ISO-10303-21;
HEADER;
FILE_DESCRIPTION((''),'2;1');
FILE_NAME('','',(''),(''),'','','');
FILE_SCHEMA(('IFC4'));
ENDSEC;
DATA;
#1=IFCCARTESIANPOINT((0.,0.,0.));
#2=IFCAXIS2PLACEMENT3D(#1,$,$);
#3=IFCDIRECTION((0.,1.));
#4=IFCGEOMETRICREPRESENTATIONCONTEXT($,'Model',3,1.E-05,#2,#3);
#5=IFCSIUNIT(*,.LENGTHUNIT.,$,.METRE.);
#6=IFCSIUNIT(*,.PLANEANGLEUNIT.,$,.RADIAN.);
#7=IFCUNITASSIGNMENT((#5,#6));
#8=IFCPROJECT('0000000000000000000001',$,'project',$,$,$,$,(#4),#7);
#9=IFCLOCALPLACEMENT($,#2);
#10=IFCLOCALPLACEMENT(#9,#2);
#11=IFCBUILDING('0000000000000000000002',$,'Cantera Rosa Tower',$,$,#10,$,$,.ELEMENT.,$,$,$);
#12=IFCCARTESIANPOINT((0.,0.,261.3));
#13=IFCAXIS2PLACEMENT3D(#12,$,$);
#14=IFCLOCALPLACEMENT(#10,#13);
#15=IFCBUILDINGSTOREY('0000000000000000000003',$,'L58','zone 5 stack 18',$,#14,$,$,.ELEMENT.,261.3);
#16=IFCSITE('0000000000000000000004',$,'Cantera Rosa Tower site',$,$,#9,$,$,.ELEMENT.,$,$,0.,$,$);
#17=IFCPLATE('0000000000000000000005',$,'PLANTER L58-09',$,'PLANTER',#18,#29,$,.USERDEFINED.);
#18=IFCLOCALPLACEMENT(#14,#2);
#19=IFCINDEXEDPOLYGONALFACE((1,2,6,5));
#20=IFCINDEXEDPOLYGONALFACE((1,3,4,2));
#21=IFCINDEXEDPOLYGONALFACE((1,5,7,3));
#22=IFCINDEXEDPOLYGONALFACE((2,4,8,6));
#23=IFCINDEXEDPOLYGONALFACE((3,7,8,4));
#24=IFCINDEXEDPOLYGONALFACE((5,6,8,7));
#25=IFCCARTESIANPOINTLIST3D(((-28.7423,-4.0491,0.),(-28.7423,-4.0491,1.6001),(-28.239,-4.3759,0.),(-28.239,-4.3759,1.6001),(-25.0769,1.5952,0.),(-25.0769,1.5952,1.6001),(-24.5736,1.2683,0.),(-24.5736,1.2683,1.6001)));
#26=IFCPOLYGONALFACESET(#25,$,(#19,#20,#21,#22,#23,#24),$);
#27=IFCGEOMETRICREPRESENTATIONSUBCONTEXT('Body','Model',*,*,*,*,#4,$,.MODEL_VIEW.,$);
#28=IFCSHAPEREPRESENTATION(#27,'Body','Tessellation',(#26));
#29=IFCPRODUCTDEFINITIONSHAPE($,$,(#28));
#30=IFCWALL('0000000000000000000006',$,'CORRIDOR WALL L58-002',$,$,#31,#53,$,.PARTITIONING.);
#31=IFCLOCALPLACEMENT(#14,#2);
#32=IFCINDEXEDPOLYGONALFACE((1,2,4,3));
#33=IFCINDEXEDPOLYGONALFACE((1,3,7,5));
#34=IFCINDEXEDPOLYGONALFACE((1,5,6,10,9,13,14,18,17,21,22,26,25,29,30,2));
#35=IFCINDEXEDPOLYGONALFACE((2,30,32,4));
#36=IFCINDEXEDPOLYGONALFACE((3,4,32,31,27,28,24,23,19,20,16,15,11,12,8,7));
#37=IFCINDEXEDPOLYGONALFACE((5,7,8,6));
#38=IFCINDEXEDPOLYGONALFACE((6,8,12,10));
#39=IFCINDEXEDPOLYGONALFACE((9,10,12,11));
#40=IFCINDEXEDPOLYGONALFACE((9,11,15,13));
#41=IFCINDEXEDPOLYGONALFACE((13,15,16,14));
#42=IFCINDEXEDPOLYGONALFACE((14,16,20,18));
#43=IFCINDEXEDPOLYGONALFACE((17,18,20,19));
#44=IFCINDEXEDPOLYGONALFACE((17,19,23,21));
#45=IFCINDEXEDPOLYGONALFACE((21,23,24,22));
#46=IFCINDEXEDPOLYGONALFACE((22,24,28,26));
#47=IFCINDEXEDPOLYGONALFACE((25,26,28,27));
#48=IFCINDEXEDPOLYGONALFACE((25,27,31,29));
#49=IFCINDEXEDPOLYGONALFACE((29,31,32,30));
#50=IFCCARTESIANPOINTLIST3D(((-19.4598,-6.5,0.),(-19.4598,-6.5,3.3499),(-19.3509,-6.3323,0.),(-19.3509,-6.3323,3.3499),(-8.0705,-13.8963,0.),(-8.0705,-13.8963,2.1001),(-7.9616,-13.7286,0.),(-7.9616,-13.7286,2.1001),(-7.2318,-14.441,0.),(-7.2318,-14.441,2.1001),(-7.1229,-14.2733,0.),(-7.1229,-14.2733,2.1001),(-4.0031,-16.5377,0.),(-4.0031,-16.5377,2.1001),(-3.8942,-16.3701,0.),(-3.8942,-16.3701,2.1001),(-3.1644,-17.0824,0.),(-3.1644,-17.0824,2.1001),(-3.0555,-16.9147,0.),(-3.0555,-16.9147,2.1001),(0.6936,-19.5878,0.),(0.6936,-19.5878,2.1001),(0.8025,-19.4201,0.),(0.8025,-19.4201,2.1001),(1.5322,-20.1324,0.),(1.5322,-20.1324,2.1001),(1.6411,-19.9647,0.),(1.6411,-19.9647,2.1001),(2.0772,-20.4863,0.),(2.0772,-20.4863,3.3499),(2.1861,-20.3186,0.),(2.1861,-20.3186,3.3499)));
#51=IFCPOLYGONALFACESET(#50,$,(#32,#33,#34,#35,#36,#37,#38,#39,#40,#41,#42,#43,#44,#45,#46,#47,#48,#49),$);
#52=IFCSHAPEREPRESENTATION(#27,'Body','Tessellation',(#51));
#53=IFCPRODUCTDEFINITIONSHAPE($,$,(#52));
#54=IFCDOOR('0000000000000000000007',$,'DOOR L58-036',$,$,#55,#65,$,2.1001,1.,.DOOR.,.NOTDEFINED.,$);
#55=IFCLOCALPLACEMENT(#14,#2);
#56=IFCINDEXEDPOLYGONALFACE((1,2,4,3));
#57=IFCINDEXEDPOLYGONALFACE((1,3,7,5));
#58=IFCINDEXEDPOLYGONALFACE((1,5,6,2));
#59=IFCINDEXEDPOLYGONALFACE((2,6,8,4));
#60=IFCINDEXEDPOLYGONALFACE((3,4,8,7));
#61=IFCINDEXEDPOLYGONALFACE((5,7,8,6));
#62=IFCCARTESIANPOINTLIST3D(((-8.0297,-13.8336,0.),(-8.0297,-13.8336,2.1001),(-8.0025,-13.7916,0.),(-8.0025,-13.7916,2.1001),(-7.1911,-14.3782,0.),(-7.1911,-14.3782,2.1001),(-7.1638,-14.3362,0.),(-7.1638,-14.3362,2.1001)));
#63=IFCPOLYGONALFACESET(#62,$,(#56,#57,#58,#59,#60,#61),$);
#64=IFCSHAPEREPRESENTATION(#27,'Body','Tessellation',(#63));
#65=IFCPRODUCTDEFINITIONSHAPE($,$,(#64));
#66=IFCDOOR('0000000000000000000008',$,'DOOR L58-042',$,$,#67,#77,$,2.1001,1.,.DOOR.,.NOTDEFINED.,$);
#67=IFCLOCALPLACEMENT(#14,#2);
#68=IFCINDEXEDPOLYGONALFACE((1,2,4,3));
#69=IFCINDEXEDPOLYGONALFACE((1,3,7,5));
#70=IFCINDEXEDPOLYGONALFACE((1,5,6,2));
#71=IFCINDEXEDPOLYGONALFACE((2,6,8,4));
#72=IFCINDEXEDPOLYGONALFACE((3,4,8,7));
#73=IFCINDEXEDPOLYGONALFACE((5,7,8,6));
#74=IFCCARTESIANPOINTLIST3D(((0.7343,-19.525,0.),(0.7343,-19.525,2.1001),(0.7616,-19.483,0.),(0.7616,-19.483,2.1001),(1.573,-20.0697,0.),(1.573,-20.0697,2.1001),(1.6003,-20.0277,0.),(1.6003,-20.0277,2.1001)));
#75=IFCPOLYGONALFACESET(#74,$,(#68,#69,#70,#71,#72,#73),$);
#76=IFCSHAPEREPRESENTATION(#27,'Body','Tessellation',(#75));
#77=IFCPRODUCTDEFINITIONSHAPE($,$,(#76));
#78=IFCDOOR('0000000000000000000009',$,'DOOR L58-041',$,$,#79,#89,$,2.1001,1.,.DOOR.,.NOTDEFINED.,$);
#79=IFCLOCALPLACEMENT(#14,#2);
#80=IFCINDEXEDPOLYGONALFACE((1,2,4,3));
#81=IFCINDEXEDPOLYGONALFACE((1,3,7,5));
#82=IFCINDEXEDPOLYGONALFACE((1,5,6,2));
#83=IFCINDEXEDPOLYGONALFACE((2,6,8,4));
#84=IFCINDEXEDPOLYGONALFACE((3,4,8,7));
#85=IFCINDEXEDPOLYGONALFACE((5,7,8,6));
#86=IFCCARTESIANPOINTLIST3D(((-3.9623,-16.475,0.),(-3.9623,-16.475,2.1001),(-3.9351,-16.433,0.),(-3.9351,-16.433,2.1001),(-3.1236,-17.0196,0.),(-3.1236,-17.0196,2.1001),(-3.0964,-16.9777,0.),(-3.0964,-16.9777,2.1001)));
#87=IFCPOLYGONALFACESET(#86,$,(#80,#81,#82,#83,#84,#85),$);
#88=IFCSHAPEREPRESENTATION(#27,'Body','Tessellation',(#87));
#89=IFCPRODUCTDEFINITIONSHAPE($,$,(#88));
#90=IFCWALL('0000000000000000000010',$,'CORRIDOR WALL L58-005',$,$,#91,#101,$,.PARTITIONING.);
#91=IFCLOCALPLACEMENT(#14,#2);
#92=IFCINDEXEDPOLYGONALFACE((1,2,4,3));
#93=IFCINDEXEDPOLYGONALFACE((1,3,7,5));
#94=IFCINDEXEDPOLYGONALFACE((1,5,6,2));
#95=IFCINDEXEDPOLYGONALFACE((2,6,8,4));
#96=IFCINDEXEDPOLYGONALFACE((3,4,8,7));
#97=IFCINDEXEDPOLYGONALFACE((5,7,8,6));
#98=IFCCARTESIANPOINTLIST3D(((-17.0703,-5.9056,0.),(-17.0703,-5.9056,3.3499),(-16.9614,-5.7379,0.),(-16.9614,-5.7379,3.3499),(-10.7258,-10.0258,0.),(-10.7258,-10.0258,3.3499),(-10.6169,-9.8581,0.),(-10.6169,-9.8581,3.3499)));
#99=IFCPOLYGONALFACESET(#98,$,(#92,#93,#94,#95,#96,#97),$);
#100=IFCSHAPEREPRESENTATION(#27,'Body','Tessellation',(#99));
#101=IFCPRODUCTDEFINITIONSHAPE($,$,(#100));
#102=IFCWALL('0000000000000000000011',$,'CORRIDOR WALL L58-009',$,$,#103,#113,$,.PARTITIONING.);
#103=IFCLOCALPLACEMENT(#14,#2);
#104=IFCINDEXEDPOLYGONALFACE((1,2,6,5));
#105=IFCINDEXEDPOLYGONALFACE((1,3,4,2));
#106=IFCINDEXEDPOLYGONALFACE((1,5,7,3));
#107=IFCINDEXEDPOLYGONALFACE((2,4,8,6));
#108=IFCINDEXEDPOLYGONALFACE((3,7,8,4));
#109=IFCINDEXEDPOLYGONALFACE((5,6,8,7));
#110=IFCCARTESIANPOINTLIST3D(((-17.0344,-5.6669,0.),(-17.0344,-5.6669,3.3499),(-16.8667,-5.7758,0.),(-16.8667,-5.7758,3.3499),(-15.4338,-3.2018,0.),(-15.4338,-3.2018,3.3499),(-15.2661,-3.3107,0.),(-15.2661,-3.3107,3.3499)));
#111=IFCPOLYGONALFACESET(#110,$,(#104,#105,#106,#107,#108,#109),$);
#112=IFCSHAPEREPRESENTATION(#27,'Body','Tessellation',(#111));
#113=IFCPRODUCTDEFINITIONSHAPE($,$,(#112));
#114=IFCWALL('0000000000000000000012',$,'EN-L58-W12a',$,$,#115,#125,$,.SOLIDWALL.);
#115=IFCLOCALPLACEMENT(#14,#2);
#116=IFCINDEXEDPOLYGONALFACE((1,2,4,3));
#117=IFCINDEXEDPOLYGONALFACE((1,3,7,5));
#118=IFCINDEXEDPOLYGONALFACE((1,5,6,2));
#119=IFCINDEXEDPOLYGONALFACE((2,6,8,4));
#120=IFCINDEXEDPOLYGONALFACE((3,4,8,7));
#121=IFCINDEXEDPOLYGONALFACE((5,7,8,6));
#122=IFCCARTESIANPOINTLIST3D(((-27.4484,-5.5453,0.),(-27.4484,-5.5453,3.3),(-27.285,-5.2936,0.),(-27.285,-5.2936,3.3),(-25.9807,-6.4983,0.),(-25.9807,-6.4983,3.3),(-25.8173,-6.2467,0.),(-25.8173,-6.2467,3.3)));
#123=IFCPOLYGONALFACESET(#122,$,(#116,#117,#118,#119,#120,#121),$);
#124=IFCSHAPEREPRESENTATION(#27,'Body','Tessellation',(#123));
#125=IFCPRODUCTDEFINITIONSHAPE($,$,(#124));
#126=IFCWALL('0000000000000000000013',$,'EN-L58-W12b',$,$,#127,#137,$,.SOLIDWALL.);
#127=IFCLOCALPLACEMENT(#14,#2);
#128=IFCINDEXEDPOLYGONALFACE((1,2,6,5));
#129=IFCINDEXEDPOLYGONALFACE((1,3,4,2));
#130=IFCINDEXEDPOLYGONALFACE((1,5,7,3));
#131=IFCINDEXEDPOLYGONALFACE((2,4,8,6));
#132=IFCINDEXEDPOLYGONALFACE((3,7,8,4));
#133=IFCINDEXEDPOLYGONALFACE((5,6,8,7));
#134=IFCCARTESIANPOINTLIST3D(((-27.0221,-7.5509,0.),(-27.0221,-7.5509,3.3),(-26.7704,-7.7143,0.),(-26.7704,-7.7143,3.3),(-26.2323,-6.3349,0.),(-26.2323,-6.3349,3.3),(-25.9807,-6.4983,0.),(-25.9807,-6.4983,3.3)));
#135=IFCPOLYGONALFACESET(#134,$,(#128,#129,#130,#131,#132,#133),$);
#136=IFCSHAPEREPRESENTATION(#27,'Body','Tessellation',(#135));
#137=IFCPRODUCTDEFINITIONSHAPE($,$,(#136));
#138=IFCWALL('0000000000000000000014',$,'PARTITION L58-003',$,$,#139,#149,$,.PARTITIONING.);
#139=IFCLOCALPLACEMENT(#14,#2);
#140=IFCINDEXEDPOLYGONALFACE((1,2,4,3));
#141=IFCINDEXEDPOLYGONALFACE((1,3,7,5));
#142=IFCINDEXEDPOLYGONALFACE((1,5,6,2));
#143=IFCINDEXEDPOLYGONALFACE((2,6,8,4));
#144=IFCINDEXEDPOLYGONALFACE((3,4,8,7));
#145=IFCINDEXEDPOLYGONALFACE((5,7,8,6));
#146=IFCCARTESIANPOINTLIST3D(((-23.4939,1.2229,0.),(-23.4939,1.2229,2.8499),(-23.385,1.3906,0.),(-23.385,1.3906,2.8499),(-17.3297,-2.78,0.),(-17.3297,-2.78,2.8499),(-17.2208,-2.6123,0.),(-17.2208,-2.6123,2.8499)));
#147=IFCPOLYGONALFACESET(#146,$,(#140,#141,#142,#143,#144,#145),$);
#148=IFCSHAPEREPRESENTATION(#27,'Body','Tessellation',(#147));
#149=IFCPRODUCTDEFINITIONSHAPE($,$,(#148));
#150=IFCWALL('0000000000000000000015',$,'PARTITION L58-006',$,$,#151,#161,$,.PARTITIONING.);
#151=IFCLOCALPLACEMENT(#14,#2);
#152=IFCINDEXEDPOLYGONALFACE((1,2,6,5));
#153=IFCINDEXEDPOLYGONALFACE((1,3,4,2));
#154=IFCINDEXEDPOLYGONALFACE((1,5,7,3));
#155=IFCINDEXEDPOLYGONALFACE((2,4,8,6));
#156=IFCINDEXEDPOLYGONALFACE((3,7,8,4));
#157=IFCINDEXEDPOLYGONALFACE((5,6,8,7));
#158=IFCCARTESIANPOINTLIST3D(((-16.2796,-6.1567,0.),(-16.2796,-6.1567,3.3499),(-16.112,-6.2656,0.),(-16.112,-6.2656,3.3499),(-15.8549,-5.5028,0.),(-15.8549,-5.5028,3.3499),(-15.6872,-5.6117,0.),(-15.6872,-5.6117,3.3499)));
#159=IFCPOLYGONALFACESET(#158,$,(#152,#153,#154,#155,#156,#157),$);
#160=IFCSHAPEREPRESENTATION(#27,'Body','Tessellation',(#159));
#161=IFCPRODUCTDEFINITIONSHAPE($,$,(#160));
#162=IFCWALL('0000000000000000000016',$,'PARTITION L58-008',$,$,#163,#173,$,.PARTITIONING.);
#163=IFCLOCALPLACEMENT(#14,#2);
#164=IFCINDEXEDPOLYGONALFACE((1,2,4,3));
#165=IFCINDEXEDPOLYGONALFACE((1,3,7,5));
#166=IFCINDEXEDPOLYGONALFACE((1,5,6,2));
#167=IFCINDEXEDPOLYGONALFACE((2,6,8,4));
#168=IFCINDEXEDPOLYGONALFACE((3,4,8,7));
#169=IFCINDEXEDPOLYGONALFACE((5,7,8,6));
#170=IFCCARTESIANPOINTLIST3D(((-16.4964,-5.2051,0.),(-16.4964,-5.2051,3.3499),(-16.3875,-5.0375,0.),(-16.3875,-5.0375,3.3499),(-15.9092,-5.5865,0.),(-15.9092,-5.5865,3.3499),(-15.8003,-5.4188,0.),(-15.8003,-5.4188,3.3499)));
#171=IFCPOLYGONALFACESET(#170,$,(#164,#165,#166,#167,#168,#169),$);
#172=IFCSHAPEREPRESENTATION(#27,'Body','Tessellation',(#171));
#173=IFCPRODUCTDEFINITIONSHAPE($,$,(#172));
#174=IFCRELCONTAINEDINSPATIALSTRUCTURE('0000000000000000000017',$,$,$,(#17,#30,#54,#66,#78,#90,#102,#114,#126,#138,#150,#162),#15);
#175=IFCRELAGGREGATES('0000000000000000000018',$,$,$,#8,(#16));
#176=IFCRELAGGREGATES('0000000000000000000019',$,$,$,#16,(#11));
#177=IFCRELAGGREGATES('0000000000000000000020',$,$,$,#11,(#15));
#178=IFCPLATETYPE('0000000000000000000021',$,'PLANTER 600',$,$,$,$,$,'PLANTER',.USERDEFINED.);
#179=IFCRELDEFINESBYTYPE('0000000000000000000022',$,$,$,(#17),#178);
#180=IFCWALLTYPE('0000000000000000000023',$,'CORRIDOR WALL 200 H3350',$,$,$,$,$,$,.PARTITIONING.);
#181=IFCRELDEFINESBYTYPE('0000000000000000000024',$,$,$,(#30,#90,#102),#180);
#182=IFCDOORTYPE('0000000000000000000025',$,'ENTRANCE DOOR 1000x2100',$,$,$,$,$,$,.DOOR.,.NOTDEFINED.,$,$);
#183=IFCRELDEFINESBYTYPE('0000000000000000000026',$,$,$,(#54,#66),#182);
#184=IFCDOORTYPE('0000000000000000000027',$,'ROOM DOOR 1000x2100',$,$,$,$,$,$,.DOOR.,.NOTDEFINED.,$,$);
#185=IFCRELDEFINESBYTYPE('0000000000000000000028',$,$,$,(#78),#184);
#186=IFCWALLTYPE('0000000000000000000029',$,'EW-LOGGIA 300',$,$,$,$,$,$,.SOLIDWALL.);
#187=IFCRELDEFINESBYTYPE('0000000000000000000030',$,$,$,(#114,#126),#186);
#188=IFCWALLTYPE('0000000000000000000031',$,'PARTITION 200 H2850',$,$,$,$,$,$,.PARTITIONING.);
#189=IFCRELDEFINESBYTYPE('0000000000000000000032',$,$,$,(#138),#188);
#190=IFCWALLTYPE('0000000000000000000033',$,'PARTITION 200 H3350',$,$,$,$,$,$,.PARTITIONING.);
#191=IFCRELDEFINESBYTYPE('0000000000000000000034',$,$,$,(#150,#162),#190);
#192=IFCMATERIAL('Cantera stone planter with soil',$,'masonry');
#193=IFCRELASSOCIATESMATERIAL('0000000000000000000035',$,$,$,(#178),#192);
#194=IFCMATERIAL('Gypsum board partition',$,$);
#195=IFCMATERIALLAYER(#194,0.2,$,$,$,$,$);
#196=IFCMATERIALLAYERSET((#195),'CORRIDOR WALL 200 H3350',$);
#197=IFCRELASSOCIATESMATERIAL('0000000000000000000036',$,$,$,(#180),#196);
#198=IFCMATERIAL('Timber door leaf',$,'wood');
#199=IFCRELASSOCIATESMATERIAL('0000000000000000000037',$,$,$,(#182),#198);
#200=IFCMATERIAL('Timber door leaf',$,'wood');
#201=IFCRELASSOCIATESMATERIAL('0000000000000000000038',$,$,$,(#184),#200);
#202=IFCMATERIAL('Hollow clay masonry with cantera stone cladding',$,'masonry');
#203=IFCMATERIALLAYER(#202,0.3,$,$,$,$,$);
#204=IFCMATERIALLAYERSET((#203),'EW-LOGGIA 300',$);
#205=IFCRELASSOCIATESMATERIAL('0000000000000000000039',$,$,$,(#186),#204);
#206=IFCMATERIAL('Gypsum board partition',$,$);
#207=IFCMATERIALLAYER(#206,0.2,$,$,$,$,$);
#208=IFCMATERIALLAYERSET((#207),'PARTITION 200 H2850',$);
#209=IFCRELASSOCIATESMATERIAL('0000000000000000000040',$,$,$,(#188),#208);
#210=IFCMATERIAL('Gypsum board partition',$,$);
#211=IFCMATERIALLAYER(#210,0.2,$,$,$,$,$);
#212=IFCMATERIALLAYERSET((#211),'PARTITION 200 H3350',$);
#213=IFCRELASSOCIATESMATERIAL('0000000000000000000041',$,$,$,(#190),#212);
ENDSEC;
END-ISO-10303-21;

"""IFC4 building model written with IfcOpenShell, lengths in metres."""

from ifc_helpers import new_model, si_unit, direction, frame, frame_2d, origin, origin_2d, place, context, subcontext, project, spatial, rectangle, extrude, material, layer, layer_set, type_object, element, fill, save


model = new_model("IFC4")

# Units and contexts
model_context = context("Model", 3, precision=1e-05, world=origin(), true_north=direction((0.0, 1.0)))
body_context = subcontext(model_context, "Body", "Model", "MODEL_VIEW")
ifc_project = project(units=[si_unit("LENGTHUNIT", "METRE"), si_unit("PLANEANGLEUNIT", "RADIAN")], contexts=[model_context])

# Site, building, storey
site_placement = place(None, origin())
site = spatial("IfcSite", under=ifc_project, at=site_placement, Name="Cantera Rosa Tower site", CompositionType="ELEMENT", RefElevation=0.0)
building_placement = place(site_placement, origin())
building = spatial("IfcBuilding", under=site, at=building_placement, Name="Cantera Rosa Tower", CompositionType="ELEMENT")
storey_placement = place(building_placement, frame((0.0, 0.0, 261.3)))
storey = spatial("IfcBuildingStorey", under=building, at=storey_placement, Name="L58", Description="zone 5 stack 18", CompositionType="ELEMENT", Elevation=261.3)

# Plate
ifc_material_1 = material(Name="Cantera stone planter with soil", Category="masonry")
plate_type = type_object("IfcPlateType", Name="PLANTER 600", ElementType="PLANTER", PredefinedType="USERDEFINED", material=ifc_material_1)
plate_placement = place(storey_placement, frame((-26.658, -1.3904, 0.0), z_axis=(0.0, 0.0, 1.0), x_axis=(-0.544639, -0.838671, 0.0)))
element("IfcPlate", 1, at=plate_placement, inside=storey, type_object=plate_type, Name="PLANTER L58-09", ObjectType="PLANTER", PredefinedType="USERDEFINED", context=body_context, shape_type="SweptSolid", body=[
    extrude(rectangle(XDim=6.73, YDim=0.6001, at=origin_2d()), origin(), (0.0, 0.0, 1.0), 1.6001),
])

# Wall, openings, doors
ifc_material_2 = material(Name="Gypsum board partition")
ifc_layer_1 = layer(ifc_material_2, 0.2)
ifc_layer_set_1 = layer_set([ifc_layer_1], Name="CORRIDOR WALL 200 H3350")
wall_type_1 = type_object("IfcWallType", Name="CORRIDOR WALL 200 H3350", PredefinedType="PARTITIONING", material=ifc_layer_set_1)
wall_1_placement = place(storey_placement, frame((-19.4053, -6.4163, 0.0), z_axis=(0.0, 0.0, 1.0), x_axis=(0.838671, -0.544638, 0.0)))
wall_1 = element("IfcWall", 2, at=wall_1_placement, inside=storey, type_object=wall_type_1, Name="CORRIDOR WALL L58-002", PredefinedType="PARTITIONING", context=body_context, shape_type="SweptSolid", body=[
    extrude(rectangle(XDim=25.6799, YDim=0.2, at=frame_2d((12.8398, 0.0))), origin(), (0.0, 0.0, 1.0), 3.3499),
])
opening_1_placement = place(wall_1_placement, frame((13.5801, 0.0, 0.0)))
opening_1 = element("IfcOpeningElement", 3, at=opening_1_placement, cuts=wall_1, PredefinedType="OPENING", context=body_context, shape_type="SweptSolid", body=[
    extrude(rectangle(XDim=1.0, YDim=2.1001, at=frame_2d((0.5, 1.05))), frame((0.0, 0.1099, 0.0), z_axis=(0.0, -1.0, 0.0), x_axis=(1.0, 0.0, 0.0)), (0.0, 0.0, 1.0), 0.22),
])
opening_2_placement = place(wall_1_placement, frame((18.4299, 0.0, 0.0)))
opening_2 = element("IfcOpeningElement", 4, at=opening_2_placement, cuts=wall_1, PredefinedType="OPENING", context=body_context, shape_type="SweptSolid", body=[
    extrude(rectangle(XDim=1.0, YDim=2.1001, at=frame_2d((0.5, 1.05))), frame((0.0, 0.1099, 0.0), z_axis=(0.0, -1.0, 0.0), x_axis=(1.0, 0.0, 0.0)), (0.0, 0.0, 1.0), 0.22),
])
opening_3_placement = place(wall_1_placement, frame((24.03, 0.0, 0.0)))
opening_3 = element("IfcOpeningElement", 5, at=opening_3_placement, cuts=wall_1, PredefinedType="OPENING", context=body_context, shape_type="SweptSolid", body=[
    extrude(rectangle(XDim=1.0, YDim=2.1001, at=frame_2d((0.5, 1.05))), frame((0.0, 0.1099, 0.0), z_axis=(0.0, -1.0, 0.0), x_axis=(1.0, 0.0, 0.0)), (0.0, 0.0, 1.0), 0.22),
])
ifc_material_3 = material(Name="Timber door leaf", Category="wood")
door_type_1 = type_object("IfcDoorType", Name="ENTRANCE DOOR 1000x2100", OperationType="NOTDEFINED", PredefinedType="DOOR", material=ifc_material_3)
door_1_placement = place(opening_1_placement, origin())
door_1 = element("IfcDoor", 6, at=door_1_placement, inside=storey, type_object=door_type_1, Name="DOOR L58-036", OperationType="NOTDEFINED", OverallHeight=2.1001, OverallWidth=1.0, PredefinedType="DOOR", context=body_context, shape_type="SweptSolid", body=[
    extrude(rectangle(XDim=1.0, YDim=2.1001, at=frame_2d((0.5, 1.05))), frame((0.0, 0.0249, 0.0), z_axis=(0.0, -1.0, 0.0), x_axis=(1.0, 0.0, 0.0)), (0.0, 0.0, 1.0), 0.05),
])
fill(opening_1, door_1)
door_2_placement = place(opening_3_placement, origin())
door_2 = element("IfcDoor", 7, at=door_2_placement, inside=storey, type_object=door_type_1, Name="DOOR L58-042", OperationType="NOTDEFINED", OverallHeight=2.1001, OverallWidth=1.0, PredefinedType="DOOR", context=body_context, shape_type="SweptSolid", body=[
    extrude(rectangle(XDim=1.0, YDim=2.1001, at=frame_2d((0.5, 1.05))), frame((0.0, 0.0249, 0.0), z_axis=(0.0, -1.0, 0.0), x_axis=(1.0, 0.0, 0.0)), (0.0, 0.0, 1.0), 0.05),
])
fill(opening_3, door_2)
ifc_material_4 = material(Name="Timber door leaf", Category="wood")
door_type_2 = type_object("IfcDoorType", Name="ROOM DOOR 1000x2100", OperationType="NOTDEFINED", PredefinedType="DOOR", material=ifc_material_4)
door_3_placement = place(opening_2_placement, origin())
door_3 = element("IfcDoor", 8, at=door_3_placement, inside=storey, type_object=door_type_2, Name="DOOR L58-041", OperationType="NOTDEFINED", OverallHeight=2.1001, OverallWidth=1.0, PredefinedType="DOOR", context=body_context, shape_type="SweptSolid", body=[
    extrude(rectangle(XDim=1.0, YDim=2.1001, at=frame_2d((0.5, 1.05))), frame((0.0, 0.0249, 0.0), z_axis=(0.0, -1.0, 0.0), x_axis=(1.0, 0.0, 0.0)), (0.0, 0.0, 1.0), 0.05),
])
fill(opening_2, door_3)

# Walls
wall_2_placement = place(storey_placement, frame((-17.0159, -5.8218, 0.0), z_axis=(0.0, 0.0, 1.0), x_axis=(0.838673, -0.544636, 0.0)))
element("IfcWall", 9, at=wall_2_placement, inside=storey, type_object=wall_type_1, Name="CORRIDOR WALL L58-005", PredefinedType="PARTITIONING", context=body_context, shape_type="SweptSolid", body=[
    extrude(rectangle(XDim=7.5649, YDim=0.2, at=frame_2d((3.7825, 0.0))), origin(), (0.0, 0.0, 1.0), 3.3499),
])
wall_3_placement = place(storey_placement, frame((-15.3499, -3.2561, 0.0), z_axis=(0.0, 0.0, 1.0), x_axis=(-0.544577, -0.838711, 0.0)))
element("IfcWall", 10, at=wall_3_placement, inside=storey, type_object=wall_type_1, Name="CORRIDOR WALL L58-009", PredefinedType="PARTITIONING", context=body_context, shape_type="SweptSolid", body=[
    extrude(rectangle(XDim=2.9392, YDim=0.2, at=frame_2d((1.4697, 0.0))), origin(), (0.0, 0.0, 1.0), 3.3499),
])
ifc_material_5 = material(Name="Hollow clay masonry with cantera stone cladding", Category="masonry")
ifc_layer_2 = layer(ifc_material_5, 0.3)
ifc_layer_set_2 = layer_set([ifc_layer_2], Name="EW-LOGGIA 300")
wall_type_2 = type_object("IfcWallType", Name="EW-LOGGIA 300", PredefinedType="SOLIDWALL", material=ifc_layer_set_2)
wall_4_placement = place(storey_placement, frame((-27.3667, -5.4194, 0.0), z_axis=(0.0, 0.0, 1.0), x_axis=(0.838686, -0.544616, 0.0)))
element("IfcWall", 11, at=wall_4_placement, inside=storey, type_object=wall_type_2, Name="EN-L58-W12a", PredefinedType="SOLIDWALL", context=body_context, shape_type="SweptSolid", body=[
    extrude(rectangle(XDim=1.75, YDim=0.3, at=frame_2d((0.875, 0.0))), origin(), (0.0, 0.0, 1.0), 3.3),
])
wall_5_placement = place(storey_placement, frame((-26.1064, -6.4165, 0.0), z_axis=(0.0, 0.0, 1.0), x_axis=(-0.544675, -0.838647, 0.0)))
element("IfcWall", 12, at=wall_5_placement, inside=storey, type_object=wall_type_2, Name="EN-L58-W12b", PredefinedType="SOLIDWALL", context=body_context, shape_type="SweptSolid", body=[
    extrude(rectangle(XDim=1.45, YDim=0.3, at=frame_2d((0.7251, 0.0))), origin(), (0.0, 0.0, 1.0), 3.3),
])
ifc_material_6 = material(Name="Gypsum board partition")
ifc_layer_3 = layer(ifc_material_6, 0.2)
ifc_layer_set_3 = layer_set([ifc_layer_3], Name="PARTITION 200 H2850")
wall_type_3 = type_object("IfcWallType", Name="PARTITION 200 H2850", PredefinedType="PARTITIONING", material=ifc_layer_set_3)
wall_6_placement = place(storey_placement, frame((-17.2754, -2.696, 0.0), z_axis=(0.0, 0.0, 1.0), x_axis=(-0.838684, 0.544618, 0.0)))
element("IfcWall", 13, at=wall_6_placement, inside=storey, type_object=wall_type_3, Name="PARTITION L58-003", PredefinedType="PARTITIONING", context=body_context, shape_type="SweptSolid", body=[
    extrude(rectangle(XDim=7.3499, YDim=0.2, at=frame_2d((3.6748, 0.0))), origin(), (0.0, 0.0, 1.0), 2.8499),
])
ifc_material_7 = material(Name="Gypsum board partition")
ifc_layer_4 = layer(ifc_material_7, 0.2)
ifc_layer_set_4 = layer_set([ifc_layer_4], Name="PARTITION 200 H3350")
wall_type_4 = type_object("IfcWallType", Name="PARTITION 200 H3350", PredefinedType="PARTITIONING", material=ifc_layer_set_4)
wall_7_placement = place(storey_placement, frame((-16.1958, -6.2112, 0.0), z_axis=(0.0, 0.0, 1.0), x_axis=(0.544691, 0.838637, 0.0)))
element("IfcWall", 14, at=wall_7_placement, inside=storey, type_object=wall_type_4, Name="PARTITION L58-006", PredefinedType="PARTITIONING", context=body_context, shape_type="SweptSolid", body=[
    extrude(rectangle(XDim=0.7798, YDim=0.2, at=frame_2d((0.3899, 0.0))), origin(), (0.0, 0.0, 1.0), 3.3499),
])
wall_8_placement = place(storey_placement, frame((-15.8547, -5.5027, 0.0), z_axis=(0.0, 0.0, 1.0), x_axis=(-0.838643, 0.544682, 0.0)))
element("IfcWall", 15, at=wall_8_placement, inside=storey, type_object=wall_type_4, Name="PARTITION L58-008", PredefinedType="PARTITIONING", context=body_context, shape_type="SweptSolid", body=[
    extrude(rectangle(XDim=0.7002, YDim=0.2, at=frame_2d((0.3501, 0.0))), origin(), (0.0, 0.0, 1.0), 3.3499),
])

save(model, "model.ifc")
